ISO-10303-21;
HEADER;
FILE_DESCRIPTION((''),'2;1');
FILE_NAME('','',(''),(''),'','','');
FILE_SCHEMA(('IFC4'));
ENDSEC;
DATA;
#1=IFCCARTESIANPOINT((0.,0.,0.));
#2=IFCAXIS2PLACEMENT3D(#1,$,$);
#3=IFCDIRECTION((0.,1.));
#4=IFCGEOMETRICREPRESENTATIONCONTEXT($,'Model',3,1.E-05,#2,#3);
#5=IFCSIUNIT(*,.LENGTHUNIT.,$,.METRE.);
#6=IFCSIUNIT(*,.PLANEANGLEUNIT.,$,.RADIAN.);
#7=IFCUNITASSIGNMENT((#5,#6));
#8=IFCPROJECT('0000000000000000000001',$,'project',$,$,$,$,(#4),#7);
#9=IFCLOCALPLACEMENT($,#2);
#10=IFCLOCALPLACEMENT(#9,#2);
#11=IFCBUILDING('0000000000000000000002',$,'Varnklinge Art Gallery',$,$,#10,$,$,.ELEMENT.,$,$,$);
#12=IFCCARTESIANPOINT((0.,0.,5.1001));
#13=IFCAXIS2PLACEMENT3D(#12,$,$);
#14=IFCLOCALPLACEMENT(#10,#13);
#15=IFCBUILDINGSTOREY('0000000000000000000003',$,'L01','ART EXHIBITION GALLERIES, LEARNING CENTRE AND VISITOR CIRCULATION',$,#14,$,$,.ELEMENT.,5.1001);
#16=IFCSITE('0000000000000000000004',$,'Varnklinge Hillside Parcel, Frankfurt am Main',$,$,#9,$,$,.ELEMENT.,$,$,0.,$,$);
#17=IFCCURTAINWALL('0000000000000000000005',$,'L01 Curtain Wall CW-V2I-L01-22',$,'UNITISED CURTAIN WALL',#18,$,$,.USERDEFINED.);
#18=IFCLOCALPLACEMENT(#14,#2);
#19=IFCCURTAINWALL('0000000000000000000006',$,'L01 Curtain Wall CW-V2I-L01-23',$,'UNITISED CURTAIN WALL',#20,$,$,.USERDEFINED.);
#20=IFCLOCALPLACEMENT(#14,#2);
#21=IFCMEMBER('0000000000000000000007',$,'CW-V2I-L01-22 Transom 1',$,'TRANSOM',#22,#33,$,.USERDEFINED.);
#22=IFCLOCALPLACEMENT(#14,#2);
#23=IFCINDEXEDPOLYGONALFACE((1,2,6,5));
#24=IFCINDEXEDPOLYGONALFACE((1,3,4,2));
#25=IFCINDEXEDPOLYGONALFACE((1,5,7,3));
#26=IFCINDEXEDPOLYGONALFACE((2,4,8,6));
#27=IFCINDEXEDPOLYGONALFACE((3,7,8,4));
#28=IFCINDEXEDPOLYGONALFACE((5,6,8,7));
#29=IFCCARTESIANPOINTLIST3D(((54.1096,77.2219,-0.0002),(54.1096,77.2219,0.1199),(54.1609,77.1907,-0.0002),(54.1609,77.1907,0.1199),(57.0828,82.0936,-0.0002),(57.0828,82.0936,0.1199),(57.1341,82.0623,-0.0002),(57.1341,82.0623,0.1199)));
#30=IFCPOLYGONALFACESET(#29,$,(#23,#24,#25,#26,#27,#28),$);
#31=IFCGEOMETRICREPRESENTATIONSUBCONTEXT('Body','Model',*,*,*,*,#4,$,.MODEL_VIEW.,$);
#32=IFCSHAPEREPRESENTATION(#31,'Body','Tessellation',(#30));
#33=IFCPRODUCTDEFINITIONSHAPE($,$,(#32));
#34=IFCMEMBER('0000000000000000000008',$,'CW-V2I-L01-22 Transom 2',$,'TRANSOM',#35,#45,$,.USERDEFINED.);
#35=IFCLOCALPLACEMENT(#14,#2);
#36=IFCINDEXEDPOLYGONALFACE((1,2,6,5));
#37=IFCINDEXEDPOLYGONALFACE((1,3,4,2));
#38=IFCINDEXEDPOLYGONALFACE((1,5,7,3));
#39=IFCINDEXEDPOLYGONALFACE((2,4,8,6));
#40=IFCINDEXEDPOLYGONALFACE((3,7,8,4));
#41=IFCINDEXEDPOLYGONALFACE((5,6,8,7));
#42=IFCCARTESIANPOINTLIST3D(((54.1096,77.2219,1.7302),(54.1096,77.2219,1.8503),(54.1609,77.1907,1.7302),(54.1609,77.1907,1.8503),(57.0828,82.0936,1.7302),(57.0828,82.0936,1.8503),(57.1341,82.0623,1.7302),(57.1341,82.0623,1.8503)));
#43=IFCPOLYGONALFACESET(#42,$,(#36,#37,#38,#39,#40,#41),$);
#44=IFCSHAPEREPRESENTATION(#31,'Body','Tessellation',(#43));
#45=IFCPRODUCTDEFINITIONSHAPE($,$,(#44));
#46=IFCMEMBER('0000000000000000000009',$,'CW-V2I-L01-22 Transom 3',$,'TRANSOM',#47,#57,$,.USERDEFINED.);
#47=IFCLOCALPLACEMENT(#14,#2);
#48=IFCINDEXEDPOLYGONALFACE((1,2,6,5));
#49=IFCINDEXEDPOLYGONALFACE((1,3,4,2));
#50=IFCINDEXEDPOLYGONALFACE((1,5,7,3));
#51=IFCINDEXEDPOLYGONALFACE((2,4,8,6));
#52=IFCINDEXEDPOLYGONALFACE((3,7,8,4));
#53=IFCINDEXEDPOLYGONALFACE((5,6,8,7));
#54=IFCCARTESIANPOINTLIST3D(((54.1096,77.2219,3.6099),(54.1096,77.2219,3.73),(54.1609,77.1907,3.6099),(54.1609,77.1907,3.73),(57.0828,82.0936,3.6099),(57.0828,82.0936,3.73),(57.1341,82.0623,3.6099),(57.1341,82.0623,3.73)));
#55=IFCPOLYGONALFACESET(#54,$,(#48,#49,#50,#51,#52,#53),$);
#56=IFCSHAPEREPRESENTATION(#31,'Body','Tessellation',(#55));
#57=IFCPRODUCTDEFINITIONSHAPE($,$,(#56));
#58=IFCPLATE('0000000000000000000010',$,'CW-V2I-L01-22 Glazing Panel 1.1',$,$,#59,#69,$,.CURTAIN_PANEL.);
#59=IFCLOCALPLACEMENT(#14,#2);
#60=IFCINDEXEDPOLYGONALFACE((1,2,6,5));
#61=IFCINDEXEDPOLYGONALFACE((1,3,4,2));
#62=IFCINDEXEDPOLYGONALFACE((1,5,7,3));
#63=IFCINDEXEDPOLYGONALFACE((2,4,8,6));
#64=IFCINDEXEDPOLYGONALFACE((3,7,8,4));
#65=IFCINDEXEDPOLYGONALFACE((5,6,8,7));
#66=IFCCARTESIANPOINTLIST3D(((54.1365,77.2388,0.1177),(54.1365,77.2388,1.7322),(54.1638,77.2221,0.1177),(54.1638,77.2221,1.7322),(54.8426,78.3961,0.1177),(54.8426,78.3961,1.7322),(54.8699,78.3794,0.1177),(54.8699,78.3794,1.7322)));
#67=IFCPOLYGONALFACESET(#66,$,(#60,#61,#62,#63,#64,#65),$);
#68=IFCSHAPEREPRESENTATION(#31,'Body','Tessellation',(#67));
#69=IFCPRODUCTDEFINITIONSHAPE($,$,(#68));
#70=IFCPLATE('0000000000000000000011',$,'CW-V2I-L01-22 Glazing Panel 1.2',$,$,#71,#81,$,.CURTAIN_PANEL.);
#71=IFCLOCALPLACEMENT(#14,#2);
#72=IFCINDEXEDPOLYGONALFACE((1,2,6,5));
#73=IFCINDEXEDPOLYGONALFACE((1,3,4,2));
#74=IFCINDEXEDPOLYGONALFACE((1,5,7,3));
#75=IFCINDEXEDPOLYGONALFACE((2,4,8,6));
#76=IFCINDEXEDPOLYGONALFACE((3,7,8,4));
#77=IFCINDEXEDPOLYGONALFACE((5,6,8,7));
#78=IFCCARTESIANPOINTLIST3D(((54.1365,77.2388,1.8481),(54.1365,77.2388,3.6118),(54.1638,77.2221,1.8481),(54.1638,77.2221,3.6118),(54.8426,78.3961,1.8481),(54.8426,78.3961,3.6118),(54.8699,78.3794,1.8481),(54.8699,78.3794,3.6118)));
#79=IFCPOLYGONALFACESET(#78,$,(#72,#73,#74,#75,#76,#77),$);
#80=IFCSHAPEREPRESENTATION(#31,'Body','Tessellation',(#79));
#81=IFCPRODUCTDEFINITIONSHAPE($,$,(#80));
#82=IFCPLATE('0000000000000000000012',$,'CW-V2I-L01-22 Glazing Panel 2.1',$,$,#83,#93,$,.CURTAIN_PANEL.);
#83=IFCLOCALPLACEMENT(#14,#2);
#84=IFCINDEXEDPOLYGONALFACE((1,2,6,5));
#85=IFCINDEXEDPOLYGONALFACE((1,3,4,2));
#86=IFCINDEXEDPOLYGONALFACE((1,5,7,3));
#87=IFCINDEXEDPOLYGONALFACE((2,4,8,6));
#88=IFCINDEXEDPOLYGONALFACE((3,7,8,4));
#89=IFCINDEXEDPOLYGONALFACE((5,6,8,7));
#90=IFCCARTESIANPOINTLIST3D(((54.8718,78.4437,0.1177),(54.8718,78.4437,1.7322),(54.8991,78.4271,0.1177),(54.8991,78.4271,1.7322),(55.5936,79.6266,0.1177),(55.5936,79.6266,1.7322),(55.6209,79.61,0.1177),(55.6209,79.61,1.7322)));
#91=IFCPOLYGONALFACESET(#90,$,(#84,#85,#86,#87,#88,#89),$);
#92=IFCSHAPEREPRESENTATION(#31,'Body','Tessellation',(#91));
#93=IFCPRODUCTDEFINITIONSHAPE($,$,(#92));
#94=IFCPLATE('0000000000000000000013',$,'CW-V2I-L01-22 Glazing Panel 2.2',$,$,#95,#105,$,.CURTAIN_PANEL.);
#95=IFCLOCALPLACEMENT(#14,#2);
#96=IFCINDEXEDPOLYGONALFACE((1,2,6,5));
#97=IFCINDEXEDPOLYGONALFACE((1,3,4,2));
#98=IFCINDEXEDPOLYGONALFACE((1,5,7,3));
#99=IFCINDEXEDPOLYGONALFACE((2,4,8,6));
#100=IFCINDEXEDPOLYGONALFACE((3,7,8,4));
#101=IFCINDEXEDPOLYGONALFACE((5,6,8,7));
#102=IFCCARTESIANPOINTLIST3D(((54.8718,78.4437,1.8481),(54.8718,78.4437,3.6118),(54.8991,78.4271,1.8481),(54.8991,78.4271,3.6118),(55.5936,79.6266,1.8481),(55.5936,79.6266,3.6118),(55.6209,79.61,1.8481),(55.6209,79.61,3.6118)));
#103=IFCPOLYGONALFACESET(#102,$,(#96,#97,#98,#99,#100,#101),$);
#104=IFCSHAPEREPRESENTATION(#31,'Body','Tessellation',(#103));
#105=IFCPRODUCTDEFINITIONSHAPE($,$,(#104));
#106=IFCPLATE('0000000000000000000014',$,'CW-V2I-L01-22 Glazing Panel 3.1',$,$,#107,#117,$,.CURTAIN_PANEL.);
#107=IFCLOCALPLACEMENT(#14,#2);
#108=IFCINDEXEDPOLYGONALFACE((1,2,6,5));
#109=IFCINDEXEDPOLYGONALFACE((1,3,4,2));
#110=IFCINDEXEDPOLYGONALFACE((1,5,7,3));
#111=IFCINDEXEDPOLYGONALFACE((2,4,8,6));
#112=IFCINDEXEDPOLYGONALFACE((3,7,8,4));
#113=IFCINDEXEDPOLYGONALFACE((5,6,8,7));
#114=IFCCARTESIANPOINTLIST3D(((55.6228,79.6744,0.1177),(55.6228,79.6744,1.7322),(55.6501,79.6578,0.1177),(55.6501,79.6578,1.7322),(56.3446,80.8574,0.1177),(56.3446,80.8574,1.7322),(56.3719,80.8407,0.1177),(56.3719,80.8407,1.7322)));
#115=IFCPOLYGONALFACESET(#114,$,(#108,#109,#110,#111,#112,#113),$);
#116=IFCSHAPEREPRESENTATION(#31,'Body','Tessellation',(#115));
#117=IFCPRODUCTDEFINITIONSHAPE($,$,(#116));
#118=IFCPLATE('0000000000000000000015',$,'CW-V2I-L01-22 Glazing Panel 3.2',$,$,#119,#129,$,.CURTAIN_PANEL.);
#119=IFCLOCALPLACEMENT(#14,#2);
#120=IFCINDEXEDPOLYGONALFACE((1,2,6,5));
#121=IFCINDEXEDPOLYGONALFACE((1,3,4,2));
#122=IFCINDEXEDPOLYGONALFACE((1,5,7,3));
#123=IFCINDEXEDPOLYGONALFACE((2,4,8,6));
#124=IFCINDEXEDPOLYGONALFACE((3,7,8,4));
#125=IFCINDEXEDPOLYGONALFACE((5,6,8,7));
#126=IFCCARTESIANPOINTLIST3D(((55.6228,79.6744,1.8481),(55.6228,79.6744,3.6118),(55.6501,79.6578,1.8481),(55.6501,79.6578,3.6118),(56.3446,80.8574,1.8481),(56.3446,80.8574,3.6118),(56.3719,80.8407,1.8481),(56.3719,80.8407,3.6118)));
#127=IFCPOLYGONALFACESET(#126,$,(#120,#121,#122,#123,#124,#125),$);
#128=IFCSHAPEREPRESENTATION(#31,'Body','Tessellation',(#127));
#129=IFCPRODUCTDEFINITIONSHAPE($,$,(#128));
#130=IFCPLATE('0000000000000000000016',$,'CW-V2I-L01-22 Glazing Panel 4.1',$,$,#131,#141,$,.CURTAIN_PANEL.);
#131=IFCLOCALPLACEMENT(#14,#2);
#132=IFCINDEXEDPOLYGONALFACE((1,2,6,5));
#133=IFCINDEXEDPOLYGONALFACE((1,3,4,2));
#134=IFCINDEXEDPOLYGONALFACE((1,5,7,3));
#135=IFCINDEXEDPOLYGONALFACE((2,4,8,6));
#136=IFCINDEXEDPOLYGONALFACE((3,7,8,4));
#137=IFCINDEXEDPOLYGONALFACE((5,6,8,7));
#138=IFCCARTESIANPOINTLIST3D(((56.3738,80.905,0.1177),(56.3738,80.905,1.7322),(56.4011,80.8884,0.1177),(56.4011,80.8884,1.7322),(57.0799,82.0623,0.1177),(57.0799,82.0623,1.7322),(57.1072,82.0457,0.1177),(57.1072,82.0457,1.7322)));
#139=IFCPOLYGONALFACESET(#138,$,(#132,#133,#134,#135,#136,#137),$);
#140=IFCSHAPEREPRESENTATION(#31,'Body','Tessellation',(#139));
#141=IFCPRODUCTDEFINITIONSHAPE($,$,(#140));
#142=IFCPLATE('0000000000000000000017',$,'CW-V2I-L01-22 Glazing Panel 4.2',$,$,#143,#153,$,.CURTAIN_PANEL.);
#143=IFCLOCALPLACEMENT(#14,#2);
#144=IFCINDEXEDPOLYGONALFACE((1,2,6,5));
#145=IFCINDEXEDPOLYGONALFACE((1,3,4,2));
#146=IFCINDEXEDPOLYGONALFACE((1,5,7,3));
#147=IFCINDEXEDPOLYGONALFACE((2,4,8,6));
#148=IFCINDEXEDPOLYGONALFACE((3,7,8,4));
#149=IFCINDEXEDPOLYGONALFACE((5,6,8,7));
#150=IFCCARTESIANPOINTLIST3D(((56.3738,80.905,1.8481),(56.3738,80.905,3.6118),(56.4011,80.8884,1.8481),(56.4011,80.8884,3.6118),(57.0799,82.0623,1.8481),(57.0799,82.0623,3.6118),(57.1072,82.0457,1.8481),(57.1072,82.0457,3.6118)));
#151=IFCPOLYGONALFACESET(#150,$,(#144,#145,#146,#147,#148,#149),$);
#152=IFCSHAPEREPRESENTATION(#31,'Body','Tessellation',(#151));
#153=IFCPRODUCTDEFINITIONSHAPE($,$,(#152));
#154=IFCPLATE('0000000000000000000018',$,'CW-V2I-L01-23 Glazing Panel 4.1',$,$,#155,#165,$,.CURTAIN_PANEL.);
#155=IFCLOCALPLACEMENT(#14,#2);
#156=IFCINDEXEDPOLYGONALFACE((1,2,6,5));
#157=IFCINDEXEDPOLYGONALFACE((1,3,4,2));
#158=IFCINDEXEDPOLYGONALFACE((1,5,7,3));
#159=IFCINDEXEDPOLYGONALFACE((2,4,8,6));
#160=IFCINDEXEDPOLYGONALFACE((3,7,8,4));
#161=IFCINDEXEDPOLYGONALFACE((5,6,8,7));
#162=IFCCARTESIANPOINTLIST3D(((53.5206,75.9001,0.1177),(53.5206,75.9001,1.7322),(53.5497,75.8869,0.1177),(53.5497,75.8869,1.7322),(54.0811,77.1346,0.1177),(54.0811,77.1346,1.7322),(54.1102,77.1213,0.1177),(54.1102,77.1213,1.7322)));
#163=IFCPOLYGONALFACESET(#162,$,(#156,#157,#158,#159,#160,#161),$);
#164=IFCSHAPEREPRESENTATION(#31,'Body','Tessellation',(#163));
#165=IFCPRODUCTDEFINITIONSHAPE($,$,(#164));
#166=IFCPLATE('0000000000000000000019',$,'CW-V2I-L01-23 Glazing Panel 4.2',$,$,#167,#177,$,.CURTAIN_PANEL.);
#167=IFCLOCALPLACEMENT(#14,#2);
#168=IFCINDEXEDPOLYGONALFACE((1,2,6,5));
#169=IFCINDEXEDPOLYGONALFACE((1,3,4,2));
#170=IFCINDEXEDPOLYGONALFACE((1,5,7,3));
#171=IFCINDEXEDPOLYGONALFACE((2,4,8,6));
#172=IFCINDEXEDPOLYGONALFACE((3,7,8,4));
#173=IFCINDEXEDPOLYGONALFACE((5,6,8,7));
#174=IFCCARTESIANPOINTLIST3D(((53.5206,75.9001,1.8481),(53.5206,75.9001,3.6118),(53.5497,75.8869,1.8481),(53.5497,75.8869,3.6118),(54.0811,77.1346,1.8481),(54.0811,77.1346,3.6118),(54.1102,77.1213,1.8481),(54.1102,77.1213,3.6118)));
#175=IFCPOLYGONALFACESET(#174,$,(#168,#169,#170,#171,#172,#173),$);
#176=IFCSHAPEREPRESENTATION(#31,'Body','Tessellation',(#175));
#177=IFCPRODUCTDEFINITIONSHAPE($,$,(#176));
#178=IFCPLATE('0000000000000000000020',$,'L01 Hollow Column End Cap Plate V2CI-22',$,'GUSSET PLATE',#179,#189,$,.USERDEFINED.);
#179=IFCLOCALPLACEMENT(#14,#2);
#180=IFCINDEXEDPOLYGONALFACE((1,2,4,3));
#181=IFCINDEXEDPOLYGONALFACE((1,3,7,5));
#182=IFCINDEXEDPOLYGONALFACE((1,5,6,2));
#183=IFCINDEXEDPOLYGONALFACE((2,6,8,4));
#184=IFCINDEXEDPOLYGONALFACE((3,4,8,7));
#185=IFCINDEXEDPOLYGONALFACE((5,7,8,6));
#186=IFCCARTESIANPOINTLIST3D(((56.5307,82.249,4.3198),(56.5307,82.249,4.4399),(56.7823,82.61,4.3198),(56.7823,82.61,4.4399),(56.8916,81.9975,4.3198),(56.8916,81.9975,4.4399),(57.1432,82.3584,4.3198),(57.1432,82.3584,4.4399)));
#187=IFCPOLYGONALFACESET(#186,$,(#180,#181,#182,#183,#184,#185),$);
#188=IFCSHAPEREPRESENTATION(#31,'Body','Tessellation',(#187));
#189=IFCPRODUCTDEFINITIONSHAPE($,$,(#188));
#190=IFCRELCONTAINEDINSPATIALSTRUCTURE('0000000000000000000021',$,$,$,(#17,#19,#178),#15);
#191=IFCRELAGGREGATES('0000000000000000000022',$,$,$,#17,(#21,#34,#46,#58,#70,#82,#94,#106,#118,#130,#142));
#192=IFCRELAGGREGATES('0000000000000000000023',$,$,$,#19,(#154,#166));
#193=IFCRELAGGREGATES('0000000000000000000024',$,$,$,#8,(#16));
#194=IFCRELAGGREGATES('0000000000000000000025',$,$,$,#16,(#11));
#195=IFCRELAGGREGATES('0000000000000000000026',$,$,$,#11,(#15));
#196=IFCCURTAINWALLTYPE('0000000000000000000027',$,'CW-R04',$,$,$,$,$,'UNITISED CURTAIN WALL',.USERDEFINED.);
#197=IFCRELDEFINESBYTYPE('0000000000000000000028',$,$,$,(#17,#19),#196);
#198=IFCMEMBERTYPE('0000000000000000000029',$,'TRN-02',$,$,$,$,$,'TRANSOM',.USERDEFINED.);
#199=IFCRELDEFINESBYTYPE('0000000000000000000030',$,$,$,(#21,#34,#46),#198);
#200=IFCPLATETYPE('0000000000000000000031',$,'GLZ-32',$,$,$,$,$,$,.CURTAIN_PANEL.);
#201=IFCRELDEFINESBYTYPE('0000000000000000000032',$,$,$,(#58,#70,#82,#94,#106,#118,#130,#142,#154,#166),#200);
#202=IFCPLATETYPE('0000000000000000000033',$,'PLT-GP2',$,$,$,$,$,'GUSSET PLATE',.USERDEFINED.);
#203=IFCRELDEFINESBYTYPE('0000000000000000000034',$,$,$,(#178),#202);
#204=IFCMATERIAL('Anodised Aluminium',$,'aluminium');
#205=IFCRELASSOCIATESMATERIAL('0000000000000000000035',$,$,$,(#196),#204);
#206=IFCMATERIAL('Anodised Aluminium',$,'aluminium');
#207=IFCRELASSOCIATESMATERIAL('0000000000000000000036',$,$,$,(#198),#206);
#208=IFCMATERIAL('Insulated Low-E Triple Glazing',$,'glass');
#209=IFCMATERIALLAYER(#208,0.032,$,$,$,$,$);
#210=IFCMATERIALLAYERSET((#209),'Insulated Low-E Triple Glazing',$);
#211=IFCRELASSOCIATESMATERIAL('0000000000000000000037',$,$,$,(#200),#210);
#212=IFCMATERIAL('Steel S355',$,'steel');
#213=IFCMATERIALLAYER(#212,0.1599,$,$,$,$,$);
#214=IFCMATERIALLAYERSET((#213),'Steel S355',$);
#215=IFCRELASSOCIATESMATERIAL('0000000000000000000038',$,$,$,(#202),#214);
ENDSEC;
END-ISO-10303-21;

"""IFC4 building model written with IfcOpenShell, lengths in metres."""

from ifc_helpers import new_model, si_unit, direction, frame, origin, origin_2d, place, context, subcontext, project, spatial, rectangle, extrude, material, layer, layer_set, material_profile, profile_set, type_object, element, aggregate, save


model = new_model("IFC4")

# Units and contexts
model_context = context("Model", 3, precision=1e-05, world=origin(), true_north=direction((0.0, 1.0)))
body_context = subcontext(model_context, "Body", "Model", "MODEL_VIEW")
ifc_project = project(units=[si_unit("LENGTHUNIT", "METRE"), si_unit("PLANEANGLEUNIT", "RADIAN")], contexts=[model_context])

# Site, building, storey
site_placement = place(None, origin())
site = spatial("IfcSite", under=ifc_project, at=site_placement, Name="Varnklinge Hillside Parcel, Frankfurt am Main", CompositionType="ELEMENT", RefElevation=0.0)
building_placement = place(site_placement, origin())
building = spatial("IfcBuilding", under=site, at=building_placement, Name="Varnklinge Art Gallery", CompositionType="ELEMENT")
storey_placement = place(building_placement, frame((0.0, 0.0, 5.1001)))
storey = spatial("IfcBuildingStorey", under=building, at=storey_placement, Name="L01", Description="ART EXHIBITION GALLERIES, LEARNING CENTRE AND VISITOR CIRCULATION", CompositionType="ELEMENT", Elevation=5.1001)

# Curtain wall
ifc_material_1 = material(Name="Anodised Aluminium", Category="aluminium")
curtain_wall_type = type_object("IfcCurtainWallType", Name="CW-R04", ElementType="UNITISED CURTAIN WALL", PredefinedType="USERDEFINED", material=ifc_material_1)
curtain_wall_1_placement = place(storey_placement, origin())
curtain_wall_1 = element("IfcCurtainWall", 1, at=curtain_wall_1_placement, inside=storey, type_object=curtain_wall_type, Name="L01 Curtain Wall CW-V2I-L01-22", ObjectType="UNITISED CURTAIN WALL", PredefinedType="USERDEFINED")

# Curtain wall
curtain_wall_2_placement = place(storey_placement, origin())
curtain_wall_2 = element("IfcCurtainWall", 2, at=curtain_wall_2_placement, inside=storey, type_object=curtain_wall_type, Name="L01 Curtain Wall CW-V2I-L01-23", ObjectType="UNITISED CURTAIN WALL", PredefinedType="USERDEFINED")

# Members
ifc_material_2 = material(Name="Anodised Aluminium", Category="aluminium")
ifc_material_profile_1 = material_profile(ifc_material_2, rectangle(XDim=0.0601, YDim=0.1201, at=origin_2d()), Name="ALU 60x120")
ifc_profile_set_1 = profile_set([ifc_material_profile_1], Name="Anodised Aluminium")
member_type_1 = type_object("IfcMemberType", Name="TRN-02", ElementType="TRANSOM", PredefinedType="USERDEFINED", material=ifc_profile_set_1)
member_1_placement = place(storey_placement, frame((54.1353, 77.2063, 0.0598), z_axis=(0.520948, 0.853588, 0.0), x_axis=(-0.853588, 0.520948, 0.0)))
member_1 = element("IfcMember", 3, at=member_1_placement, type_object=member_type_1, Name="CW-V2I-L01-22 Transom 1", ObjectType="TRANSOM", PredefinedType="USERDEFINED", context=body_context, shape_type="SweptSolid", body=[
    extrude(rectangle(XDim=0.0601, YDim=0.1201, at=origin_2d()), origin(), (0.0, 0.0, 1.0), 5.7073),
])
member_2_placement = place(storey_placement, frame((54.1353, 77.2063, 1.7903), z_axis=(0.520948, 0.853588, 0.0), x_axis=(-0.853588, 0.520948, 0.0)))
member_2 = element("IfcMember", 4, at=member_2_placement, type_object=member_type_1, Name="CW-V2I-L01-22 Transom 2", ObjectType="TRANSOM", PredefinedType="USERDEFINED", context=body_context, shape_type="SweptSolid", body=[
    extrude(rectangle(XDim=0.0601, YDim=0.1201, at=origin_2d()), origin(), (0.0, 0.0, 1.0), 5.7073),
])
member_3_placement = place(storey_placement, frame((54.1353, 77.2063, 3.6699), z_axis=(0.520948, 0.853588, 0.0), x_axis=(-0.853588, 0.520948, 0.0)))
member_3 = element("IfcMember", 5, at=member_3_placement, type_object=member_type_1, Name="CW-V2I-L01-22 Transom 3", ObjectType="TRANSOM", PredefinedType="USERDEFINED", context=body_context, shape_type="SweptSolid", body=[
    extrude(rectangle(XDim=0.0601, YDim=0.1201, at=origin_2d()), origin(), (0.0, 0.0, 1.0), 5.7073),
])

# Plates
ifc_material_3 = material(Name="Insulated Low-E Triple Glazing", Category="glass")
ifc_layer_1 = layer(ifc_material_3, 0.032)
ifc_layer_set_1 = layer_set([ifc_layer_1], Name="Insulated Low-E Triple Glazing")
plate_type_1 = type_object("IfcPlateType", Name="GLZ-32", PredefinedType="CURTAIN_PANEL", material=ifc_layer_set_1)
plate_1_placement = place(storey_placement, frame((54.5032, 77.8091, 0.1177), z_axis=(0.0, 0.0, 1.0), x_axis=(0.520861, 0.853642, 0.0)))
plate_1 = element("IfcPlate", 6, at=plate_1_placement, type_object=plate_type_1, Name="CW-V2I-L01-22 Glazing Panel 1.1", PredefinedType="CURTAIN_PANEL", context=body_context, shape_type="SweptSolid", body=[
    extrude(rectangle(XDim=1.3557, YDim=0.032, at=origin_2d()), origin(), (0.0, 0.0, 1.0), 1.6145),
])
plate_2_placement = place(storey_placement, frame((54.5032, 77.8091, 1.8481), z_axis=(0.0, 0.0, 1.0), x_axis=(0.520861, 0.853642, 0.0)))
plate_2 = element("IfcPlate", 7, at=plate_2_placement, type_object=plate_type_1, Name="CW-V2I-L01-22 Glazing Panel 1.2", PredefinedType="CURTAIN_PANEL", context=body_context, shape_type="SweptSolid", body=[
    extrude(rectangle(XDim=1.3557, YDim=0.032, at=origin_2d()), origin(), (0.0, 0.0, 1.0), 1.7637),
])
plate_3_placement = place(storey_placement, frame((55.2463, 79.0269, 0.1177), z_axis=(0.0, 0.0, 1.0), x_axis=(0.520861, 0.853642, 0.0)))
plate_3 = element("IfcPlate", 8, at=plate_3_placement, type_object=plate_type_1, Name="CW-V2I-L01-22 Glazing Panel 2.1", PredefinedType="CURTAIN_PANEL", context=body_context, shape_type="SweptSolid", body=[
    extrude(rectangle(XDim=1.3857, YDim=0.032, at=origin_2d()), origin(), (0.0, 0.0, 1.0), 1.6145),
])
plate_4_placement = place(storey_placement, frame((55.2463, 79.0269, 1.8481), z_axis=(0.0, 0.0, 1.0), x_axis=(0.520861, 0.853642, 0.0)))
plate_4 = element("IfcPlate", 9, at=plate_4_placement, type_object=plate_type_1, Name="CW-V2I-L01-22 Glazing Panel 2.2", PredefinedType="CURTAIN_PANEL", context=body_context, shape_type="SweptSolid", body=[
    extrude(rectangle(XDim=1.3857, YDim=0.032, at=origin_2d()), origin(), (0.0, 0.0, 1.0), 1.7637),
])
plate_5_placement = place(storey_placement, frame((55.9973, 80.2576, 0.1177), z_axis=(0.0, 0.0, 1.0), x_axis=(0.520861, 0.853642, 0.0)))
plate_5 = element("IfcPlate", 10, at=plate_5_placement, type_object=plate_type_1, Name="CW-V2I-L01-22 Glazing Panel 3.1", PredefinedType="CURTAIN_PANEL", context=body_context, shape_type="SweptSolid", body=[
    extrude(rectangle(XDim=1.3857, YDim=0.032, at=origin_2d()), origin(), (0.0, 0.0, 1.0), 1.6145),
])
plate_6_placement = place(storey_placement, frame((55.9973, 80.2576, 1.8481), z_axis=(0.0, 0.0, 1.0), x_axis=(0.520861, 0.853642, 0.0)))
plate_6 = element("IfcPlate", 11, at=plate_6_placement, type_object=plate_type_1, Name="CW-V2I-L01-22 Glazing Panel 3.2", PredefinedType="CURTAIN_PANEL", context=body_context, shape_type="SweptSolid", body=[
    extrude(rectangle(XDim=1.3857, YDim=0.032, at=origin_2d()), origin(), (0.0, 0.0, 1.0), 1.7637),
])
plate_7_placement = place(storey_placement, frame((56.7405, 81.4753, 0.1177), z_axis=(0.0, 0.0, 1.0), x_axis=(0.520861, 0.853642, 0.0)))
plate_7 = element("IfcPlate", 12, at=plate_7_placement, type_object=plate_type_1, Name="CW-V2I-L01-22 Glazing Panel 4.1", PredefinedType="CURTAIN_PANEL", context=body_context, shape_type="SweptSolid", body=[
    extrude(rectangle(XDim=1.3557, YDim=0.032, at=origin_2d()), origin(), (0.0, 0.0, 1.0), 1.6145),
])
plate_8_placement = place(storey_placement, frame((56.7405, 81.4753, 1.8481), z_axis=(0.0, 0.0, 1.0), x_axis=(0.520861, 0.853642, 0.0)))
plate_8 = element("IfcPlate", 13, at=plate_8_placement, type_object=plate_type_1, Name="CW-V2I-L01-22 Glazing Panel 4.2", PredefinedType="CURTAIN_PANEL", context=body_context, shape_type="SweptSolid", body=[
    extrude(rectangle(XDim=1.3557, YDim=0.032, at=origin_2d()), origin(), (0.0, 0.0, 1.0), 1.7637),
])
aggregate(curtain_wall_1, [member_1, member_2, member_3, plate_1, plate_2, plate_3, plate_4, plate_5, plate_6, plate_7, plate_8])
plate_9_placement = place(storey_placement, frame((53.8154, 76.5107, 0.1177), z_axis=(0.0, 0.0, 1.0), x_axis=(0.413422, 0.910539, 0.0)))
plate_9 = element("IfcPlate", 14, at=plate_9_placement, type_object=plate_type_1, Name="CW-V2I-L01-23 Glazing Panel 4.1", PredefinedType="CURTAIN_PANEL", context=body_context, shape_type="SweptSolid", body=[
    extrude(rectangle(XDim=1.3557, YDim=0.032, at=origin_2d()), origin(), (0.0, 0.0, 1.0), 1.6145),
])
plate_10_placement = place(storey_placement, frame((53.8154, 76.5107, 1.8481), z_axis=(0.0, 0.0, 1.0), x_axis=(0.413422, 0.910539, 0.0)))
plate_10 = element("IfcPlate", 15, at=plate_10_placement, type_object=plate_type_1, Name="CW-V2I-L01-23 Glazing Panel 4.2", PredefinedType="CURTAIN_PANEL", context=body_context, shape_type="SweptSolid", body=[
    extrude(rectangle(XDim=1.3557, YDim=0.032, at=origin_2d()), origin(), (0.0, 0.0, 1.0), 1.7637),
])
aggregate(curtain_wall_2, [plate_9, plate_10])
ifc_material_4 = material(Name="Steel S355", Category="steel")
ifc_layer_2 = layer(ifc_material_4, 0.1599)
ifc_layer_set_2 = layer_set([ifc_layer_2], Name="Steel S355")
plate_type_2 = type_object("IfcPlateType", Name="PLT-GP2", ElementType="GUSSET PLATE", PredefinedType="USERDEFINED", material=ifc_layer_set_2)
plate_11_placement = place(storey_placement, frame((56.8369, 82.3037, 4.3198), z_axis=(0.0, 0.0, 1.0), x_axis=(0.820352, -0.57186, 0.0)))
element("IfcPlate", 16, at=plate_11_placement, inside=storey, type_object=plate_type_2, Name="L01 Hollow Column End Cap Plate V2CI-22", ObjectType="GUSSET PLATE", PredefinedType="USERDEFINED", context=body_context, shape_type="SweptSolid", body=[
    extrude(rectangle(XDim=0.4399, YDim=0.4399, at=origin_2d()), origin(), (0.0, 0.0, 1.0), 0.1201),
])

save(model, "model.ifc")
